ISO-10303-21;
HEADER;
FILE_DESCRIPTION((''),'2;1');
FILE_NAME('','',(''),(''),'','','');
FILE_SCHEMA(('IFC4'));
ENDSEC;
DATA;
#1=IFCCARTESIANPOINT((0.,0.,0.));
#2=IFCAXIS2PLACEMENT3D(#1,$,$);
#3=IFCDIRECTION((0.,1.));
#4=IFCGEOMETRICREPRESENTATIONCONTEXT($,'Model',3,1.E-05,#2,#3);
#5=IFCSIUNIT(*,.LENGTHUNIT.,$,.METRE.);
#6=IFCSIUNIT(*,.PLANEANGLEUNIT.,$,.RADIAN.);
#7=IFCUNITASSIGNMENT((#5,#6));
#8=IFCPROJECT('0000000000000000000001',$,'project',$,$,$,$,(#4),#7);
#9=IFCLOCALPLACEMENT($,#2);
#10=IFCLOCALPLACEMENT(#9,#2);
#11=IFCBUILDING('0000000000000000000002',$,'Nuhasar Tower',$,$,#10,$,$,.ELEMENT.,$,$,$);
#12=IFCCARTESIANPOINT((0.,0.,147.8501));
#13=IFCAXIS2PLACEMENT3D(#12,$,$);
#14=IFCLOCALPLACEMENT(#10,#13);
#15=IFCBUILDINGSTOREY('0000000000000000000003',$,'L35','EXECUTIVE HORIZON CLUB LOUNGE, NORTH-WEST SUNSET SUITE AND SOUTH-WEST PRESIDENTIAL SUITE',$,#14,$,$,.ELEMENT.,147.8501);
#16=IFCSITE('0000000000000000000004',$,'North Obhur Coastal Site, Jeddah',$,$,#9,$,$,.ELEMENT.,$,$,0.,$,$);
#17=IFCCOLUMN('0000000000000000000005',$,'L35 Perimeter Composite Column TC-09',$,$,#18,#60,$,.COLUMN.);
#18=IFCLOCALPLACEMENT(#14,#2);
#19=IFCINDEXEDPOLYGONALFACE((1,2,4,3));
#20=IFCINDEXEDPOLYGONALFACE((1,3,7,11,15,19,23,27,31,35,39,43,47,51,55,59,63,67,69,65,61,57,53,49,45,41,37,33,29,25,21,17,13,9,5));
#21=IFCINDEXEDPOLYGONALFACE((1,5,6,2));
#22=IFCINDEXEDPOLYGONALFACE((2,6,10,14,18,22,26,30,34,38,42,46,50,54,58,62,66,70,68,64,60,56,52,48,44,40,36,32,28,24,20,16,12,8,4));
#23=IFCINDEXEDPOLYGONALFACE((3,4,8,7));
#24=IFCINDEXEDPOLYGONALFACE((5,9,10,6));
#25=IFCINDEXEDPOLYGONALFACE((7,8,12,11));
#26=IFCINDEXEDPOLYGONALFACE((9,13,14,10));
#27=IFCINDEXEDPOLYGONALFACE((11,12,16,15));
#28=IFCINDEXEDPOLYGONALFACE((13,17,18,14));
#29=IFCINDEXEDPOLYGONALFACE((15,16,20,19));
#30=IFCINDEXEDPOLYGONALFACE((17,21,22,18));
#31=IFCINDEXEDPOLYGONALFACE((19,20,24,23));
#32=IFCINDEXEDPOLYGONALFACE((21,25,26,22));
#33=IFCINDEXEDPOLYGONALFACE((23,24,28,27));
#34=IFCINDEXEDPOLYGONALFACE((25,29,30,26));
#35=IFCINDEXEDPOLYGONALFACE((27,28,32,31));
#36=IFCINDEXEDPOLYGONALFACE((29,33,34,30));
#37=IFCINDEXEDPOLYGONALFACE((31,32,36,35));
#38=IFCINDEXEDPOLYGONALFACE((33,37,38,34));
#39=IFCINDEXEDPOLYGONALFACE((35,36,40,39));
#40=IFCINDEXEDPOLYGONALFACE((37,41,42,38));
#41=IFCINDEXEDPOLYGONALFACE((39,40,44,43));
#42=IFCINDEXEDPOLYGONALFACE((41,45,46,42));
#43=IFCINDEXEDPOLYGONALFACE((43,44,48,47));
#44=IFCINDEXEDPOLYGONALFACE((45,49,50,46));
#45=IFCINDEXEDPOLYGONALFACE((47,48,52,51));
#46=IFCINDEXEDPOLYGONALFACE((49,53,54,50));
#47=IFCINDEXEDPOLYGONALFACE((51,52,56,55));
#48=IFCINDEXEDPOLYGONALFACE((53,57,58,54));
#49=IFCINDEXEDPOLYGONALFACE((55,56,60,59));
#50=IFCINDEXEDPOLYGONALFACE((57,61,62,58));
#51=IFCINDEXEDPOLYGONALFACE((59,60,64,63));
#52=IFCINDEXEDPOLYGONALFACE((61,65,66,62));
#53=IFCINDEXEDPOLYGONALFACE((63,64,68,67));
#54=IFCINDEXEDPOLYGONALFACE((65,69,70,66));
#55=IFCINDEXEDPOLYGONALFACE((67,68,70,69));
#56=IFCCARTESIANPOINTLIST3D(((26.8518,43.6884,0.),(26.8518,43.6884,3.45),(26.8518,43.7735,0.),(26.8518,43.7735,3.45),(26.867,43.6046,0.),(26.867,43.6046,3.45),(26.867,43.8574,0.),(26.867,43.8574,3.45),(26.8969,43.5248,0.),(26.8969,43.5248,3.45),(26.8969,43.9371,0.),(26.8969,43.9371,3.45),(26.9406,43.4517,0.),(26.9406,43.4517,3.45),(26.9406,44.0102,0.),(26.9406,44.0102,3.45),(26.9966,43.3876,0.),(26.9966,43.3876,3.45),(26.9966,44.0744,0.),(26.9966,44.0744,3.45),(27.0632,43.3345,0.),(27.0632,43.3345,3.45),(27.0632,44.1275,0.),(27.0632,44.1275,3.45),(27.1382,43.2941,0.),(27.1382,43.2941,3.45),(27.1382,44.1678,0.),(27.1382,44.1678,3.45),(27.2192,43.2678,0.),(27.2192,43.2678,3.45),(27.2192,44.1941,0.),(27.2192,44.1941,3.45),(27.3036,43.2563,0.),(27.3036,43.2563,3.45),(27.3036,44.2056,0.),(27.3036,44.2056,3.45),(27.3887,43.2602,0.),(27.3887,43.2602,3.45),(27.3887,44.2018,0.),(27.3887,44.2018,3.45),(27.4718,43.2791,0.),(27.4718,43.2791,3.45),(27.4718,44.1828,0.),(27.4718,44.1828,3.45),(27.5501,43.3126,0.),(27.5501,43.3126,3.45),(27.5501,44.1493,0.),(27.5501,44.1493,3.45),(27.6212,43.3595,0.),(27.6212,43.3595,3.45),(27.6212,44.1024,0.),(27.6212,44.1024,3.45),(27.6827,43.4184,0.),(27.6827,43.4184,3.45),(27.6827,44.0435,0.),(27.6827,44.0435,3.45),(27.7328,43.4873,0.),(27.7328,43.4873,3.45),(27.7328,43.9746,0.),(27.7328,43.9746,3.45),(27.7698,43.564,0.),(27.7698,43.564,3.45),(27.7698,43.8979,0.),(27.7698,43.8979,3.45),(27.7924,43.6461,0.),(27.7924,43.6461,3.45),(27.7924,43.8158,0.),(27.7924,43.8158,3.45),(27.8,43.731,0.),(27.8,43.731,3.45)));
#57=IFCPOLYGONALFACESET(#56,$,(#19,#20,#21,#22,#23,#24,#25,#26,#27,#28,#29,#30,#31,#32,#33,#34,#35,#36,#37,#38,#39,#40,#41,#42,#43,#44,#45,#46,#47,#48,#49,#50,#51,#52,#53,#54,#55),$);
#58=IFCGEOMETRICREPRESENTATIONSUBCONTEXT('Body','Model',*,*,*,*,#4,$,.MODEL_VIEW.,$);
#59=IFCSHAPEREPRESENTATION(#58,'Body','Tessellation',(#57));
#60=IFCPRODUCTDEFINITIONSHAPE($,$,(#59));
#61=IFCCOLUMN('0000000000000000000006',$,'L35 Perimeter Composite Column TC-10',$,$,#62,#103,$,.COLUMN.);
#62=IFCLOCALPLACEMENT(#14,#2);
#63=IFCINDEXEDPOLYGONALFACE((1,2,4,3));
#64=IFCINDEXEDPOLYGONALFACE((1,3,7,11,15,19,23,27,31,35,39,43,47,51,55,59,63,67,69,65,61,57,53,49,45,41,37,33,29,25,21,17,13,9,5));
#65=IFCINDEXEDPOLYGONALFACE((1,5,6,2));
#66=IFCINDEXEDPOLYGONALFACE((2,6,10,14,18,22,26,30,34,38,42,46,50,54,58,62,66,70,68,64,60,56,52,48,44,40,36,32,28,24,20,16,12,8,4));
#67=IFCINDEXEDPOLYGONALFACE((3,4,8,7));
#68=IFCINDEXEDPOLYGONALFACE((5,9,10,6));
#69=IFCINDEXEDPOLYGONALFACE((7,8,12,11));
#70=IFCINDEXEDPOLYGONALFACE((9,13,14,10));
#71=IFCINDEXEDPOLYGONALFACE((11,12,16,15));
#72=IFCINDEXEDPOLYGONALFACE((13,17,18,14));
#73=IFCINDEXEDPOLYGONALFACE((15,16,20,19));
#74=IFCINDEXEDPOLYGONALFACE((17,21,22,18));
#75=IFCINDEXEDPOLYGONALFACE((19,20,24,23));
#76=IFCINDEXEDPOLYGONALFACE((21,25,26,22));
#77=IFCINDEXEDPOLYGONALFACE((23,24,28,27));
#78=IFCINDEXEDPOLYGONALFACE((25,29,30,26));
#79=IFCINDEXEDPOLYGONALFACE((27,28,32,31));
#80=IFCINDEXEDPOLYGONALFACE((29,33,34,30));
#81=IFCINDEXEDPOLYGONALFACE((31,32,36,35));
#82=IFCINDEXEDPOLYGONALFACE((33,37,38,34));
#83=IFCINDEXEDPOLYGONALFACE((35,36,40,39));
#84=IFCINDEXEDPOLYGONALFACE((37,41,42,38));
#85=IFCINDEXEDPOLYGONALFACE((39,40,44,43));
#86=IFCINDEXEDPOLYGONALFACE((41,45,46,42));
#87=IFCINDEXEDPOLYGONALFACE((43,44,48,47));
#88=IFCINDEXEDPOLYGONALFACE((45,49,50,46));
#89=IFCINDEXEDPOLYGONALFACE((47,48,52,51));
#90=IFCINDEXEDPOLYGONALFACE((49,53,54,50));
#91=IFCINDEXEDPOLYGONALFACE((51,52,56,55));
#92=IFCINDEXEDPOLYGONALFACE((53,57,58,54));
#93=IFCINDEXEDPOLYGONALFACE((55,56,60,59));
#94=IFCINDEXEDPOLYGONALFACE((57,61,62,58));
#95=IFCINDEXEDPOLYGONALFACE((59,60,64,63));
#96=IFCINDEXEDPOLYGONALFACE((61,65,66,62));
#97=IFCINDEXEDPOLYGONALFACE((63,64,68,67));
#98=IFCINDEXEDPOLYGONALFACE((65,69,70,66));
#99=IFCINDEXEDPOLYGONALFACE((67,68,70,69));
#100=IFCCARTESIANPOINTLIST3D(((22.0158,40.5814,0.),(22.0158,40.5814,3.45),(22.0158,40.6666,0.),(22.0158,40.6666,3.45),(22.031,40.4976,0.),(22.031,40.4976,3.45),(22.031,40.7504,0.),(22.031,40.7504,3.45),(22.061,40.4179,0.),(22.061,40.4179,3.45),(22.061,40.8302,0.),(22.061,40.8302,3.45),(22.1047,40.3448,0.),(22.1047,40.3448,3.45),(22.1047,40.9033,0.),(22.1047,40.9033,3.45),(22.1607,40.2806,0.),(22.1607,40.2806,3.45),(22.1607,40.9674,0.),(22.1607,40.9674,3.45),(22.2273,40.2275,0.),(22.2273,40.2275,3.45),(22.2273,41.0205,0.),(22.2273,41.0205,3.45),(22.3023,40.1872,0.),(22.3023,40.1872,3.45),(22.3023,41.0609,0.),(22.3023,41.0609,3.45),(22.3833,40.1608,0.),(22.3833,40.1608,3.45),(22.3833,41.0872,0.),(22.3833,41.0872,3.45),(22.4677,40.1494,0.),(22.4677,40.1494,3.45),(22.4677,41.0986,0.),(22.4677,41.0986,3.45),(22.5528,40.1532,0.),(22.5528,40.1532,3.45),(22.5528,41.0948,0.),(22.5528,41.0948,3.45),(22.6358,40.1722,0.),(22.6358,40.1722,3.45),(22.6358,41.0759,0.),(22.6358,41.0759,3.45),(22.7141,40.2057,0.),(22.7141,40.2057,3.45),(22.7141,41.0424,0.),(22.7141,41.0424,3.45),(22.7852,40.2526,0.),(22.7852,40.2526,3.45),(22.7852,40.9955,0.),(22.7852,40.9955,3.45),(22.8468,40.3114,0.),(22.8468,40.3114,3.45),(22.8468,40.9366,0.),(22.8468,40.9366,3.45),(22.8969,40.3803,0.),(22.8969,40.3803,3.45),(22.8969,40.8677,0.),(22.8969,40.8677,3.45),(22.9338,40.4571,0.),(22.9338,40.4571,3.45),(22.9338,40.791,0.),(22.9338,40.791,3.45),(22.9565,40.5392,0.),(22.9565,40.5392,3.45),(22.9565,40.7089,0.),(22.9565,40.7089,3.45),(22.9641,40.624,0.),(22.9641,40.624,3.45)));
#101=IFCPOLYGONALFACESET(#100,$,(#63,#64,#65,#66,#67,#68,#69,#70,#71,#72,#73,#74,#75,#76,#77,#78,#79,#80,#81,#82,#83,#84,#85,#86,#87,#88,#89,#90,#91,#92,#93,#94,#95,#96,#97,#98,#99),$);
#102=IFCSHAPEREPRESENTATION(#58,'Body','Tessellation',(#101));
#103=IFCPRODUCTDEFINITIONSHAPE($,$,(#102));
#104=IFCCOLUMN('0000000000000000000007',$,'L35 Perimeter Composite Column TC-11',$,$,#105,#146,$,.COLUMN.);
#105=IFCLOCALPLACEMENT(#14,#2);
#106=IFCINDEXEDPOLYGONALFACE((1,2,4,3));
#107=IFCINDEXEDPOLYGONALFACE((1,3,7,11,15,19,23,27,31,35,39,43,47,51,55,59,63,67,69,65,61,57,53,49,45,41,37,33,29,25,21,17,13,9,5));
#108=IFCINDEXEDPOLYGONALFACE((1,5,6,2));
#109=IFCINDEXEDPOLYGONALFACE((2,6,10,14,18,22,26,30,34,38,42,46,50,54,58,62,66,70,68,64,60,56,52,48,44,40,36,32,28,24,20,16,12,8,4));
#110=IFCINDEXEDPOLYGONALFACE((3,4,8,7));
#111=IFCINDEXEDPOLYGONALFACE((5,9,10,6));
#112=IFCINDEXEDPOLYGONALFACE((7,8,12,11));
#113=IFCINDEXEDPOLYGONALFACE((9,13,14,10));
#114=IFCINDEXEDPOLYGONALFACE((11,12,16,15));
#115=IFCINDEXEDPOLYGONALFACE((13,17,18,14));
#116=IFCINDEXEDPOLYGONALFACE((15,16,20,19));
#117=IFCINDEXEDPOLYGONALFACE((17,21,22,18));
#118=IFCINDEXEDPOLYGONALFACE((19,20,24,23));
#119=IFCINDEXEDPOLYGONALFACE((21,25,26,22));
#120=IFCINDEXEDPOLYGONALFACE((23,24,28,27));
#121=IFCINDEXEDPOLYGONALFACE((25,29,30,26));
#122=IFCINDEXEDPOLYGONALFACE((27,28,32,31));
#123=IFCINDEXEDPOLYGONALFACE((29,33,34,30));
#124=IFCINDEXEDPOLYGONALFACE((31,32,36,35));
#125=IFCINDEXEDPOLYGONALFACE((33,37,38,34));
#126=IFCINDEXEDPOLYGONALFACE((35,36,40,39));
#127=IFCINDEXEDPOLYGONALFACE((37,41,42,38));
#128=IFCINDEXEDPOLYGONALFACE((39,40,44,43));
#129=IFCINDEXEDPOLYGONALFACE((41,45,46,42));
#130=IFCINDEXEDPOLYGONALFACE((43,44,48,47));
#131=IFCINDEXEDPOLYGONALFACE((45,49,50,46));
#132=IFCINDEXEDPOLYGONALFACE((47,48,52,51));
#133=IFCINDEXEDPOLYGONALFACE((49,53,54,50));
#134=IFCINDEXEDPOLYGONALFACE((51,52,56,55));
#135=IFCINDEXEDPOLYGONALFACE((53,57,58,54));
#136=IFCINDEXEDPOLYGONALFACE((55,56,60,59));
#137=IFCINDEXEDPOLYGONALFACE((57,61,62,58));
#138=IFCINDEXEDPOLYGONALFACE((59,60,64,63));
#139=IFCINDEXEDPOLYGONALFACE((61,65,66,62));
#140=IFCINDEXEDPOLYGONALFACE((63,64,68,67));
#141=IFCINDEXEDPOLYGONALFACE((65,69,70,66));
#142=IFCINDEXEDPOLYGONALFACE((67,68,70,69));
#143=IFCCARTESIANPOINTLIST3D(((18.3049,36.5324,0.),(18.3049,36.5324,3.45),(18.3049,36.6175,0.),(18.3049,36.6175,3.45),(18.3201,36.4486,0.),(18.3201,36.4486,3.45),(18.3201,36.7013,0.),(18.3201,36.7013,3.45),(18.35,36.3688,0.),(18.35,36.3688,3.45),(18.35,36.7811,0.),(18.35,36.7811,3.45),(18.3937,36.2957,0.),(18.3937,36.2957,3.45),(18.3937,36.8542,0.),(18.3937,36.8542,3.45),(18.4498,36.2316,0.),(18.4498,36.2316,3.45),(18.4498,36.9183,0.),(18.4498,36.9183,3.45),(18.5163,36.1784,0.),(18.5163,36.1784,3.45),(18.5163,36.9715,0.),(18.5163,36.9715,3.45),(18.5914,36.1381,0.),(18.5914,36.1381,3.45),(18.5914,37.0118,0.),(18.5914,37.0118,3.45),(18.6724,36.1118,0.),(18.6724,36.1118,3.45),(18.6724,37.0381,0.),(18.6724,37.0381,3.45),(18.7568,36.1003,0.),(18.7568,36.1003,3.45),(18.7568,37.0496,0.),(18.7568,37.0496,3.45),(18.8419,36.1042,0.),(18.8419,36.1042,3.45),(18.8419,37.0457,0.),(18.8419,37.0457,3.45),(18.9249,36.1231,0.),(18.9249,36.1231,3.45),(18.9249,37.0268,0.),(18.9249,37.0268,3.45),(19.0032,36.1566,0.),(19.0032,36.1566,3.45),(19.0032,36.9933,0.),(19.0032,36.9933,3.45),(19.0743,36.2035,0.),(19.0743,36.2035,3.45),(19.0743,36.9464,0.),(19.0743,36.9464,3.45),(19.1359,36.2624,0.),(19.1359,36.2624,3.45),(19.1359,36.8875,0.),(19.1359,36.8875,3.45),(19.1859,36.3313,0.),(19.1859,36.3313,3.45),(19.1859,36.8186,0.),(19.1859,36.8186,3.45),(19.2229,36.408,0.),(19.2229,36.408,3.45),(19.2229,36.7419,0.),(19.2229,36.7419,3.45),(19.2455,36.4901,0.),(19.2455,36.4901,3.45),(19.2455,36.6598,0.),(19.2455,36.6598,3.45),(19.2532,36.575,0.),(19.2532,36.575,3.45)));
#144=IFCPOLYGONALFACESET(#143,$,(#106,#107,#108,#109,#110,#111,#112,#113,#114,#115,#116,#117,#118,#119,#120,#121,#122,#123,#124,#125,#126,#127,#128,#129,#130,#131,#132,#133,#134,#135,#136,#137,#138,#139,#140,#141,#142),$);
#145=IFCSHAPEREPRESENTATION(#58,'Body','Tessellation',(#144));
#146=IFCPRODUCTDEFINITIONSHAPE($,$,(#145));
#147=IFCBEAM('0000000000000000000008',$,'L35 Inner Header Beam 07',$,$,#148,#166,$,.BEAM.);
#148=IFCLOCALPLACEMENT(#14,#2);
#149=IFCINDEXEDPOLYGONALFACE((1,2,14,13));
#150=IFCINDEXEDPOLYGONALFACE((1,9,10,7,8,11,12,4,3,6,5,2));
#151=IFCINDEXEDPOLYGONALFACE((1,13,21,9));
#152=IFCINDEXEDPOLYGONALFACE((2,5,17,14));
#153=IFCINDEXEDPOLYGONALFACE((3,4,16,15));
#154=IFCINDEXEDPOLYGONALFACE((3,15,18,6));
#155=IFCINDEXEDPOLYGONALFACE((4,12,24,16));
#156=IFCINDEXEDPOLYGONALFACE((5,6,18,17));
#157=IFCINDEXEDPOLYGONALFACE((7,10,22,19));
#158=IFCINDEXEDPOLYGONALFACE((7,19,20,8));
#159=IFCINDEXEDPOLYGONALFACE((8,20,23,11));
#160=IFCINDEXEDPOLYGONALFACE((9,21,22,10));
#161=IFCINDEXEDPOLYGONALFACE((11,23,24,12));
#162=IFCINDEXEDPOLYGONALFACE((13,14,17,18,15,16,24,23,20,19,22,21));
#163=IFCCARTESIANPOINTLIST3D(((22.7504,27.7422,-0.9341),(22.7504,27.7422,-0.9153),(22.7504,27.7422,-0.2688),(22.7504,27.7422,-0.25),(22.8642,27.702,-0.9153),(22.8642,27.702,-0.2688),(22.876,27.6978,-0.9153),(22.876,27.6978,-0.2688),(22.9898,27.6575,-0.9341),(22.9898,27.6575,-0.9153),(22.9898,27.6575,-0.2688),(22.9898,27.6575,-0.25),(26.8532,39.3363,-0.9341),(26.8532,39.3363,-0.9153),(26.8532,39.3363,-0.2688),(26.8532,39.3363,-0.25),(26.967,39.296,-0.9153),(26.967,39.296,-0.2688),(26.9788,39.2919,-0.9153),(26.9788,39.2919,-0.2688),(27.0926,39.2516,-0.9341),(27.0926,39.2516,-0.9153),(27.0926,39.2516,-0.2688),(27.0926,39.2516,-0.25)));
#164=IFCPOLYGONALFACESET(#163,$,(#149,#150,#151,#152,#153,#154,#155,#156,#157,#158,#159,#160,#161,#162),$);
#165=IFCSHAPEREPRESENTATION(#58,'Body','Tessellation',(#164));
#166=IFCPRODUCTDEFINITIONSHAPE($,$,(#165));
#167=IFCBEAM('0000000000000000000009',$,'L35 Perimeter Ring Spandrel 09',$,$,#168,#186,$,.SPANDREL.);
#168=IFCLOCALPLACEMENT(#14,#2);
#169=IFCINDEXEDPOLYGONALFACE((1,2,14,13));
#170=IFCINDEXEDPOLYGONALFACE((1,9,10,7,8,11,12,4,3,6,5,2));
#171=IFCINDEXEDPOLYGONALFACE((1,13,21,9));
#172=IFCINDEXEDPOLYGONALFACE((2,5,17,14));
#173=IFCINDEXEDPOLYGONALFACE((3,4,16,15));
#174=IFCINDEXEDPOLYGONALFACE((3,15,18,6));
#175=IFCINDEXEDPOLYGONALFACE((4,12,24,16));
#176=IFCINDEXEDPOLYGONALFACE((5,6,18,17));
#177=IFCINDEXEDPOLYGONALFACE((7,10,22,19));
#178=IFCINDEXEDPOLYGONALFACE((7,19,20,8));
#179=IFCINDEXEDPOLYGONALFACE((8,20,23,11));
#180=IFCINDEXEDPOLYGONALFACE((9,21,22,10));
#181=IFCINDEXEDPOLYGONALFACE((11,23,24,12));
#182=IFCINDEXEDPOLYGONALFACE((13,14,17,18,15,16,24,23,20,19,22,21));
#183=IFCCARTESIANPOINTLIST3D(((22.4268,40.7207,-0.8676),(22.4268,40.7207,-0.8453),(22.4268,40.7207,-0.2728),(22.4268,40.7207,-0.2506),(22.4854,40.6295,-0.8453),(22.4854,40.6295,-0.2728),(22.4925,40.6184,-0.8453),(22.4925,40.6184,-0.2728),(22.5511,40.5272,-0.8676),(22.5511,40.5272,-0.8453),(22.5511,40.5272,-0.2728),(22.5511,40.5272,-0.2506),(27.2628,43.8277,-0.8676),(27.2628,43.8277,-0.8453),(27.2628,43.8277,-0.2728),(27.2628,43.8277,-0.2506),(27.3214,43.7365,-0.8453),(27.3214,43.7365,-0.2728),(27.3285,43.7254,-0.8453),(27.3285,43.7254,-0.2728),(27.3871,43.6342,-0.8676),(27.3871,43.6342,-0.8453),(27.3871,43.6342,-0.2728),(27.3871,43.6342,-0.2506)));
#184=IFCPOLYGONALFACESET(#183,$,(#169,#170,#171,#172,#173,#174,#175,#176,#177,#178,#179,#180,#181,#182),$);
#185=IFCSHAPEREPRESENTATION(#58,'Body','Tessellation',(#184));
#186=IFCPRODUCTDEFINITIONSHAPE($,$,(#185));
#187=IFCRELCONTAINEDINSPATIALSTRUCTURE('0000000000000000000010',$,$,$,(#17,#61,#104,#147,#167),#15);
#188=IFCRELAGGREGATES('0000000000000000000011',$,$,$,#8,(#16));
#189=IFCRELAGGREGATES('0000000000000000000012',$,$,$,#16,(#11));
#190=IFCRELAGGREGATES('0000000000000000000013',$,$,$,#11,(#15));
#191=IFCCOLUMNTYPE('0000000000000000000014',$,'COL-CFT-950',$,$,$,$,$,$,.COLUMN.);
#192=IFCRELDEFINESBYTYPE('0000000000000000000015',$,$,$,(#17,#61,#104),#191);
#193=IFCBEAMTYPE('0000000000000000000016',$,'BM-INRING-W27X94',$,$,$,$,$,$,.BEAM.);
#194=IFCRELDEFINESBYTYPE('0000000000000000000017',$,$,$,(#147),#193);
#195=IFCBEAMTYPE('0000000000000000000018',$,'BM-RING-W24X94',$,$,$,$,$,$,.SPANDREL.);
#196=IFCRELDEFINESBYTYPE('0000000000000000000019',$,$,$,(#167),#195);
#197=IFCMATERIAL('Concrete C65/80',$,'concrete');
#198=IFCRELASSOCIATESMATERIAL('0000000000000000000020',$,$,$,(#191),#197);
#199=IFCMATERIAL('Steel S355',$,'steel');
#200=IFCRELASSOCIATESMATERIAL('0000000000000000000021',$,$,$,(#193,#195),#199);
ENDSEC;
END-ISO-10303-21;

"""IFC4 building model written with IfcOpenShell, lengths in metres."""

from ifc_helpers import new_model, si_unit, direction, frame, origin, origin_2d, place, context, subcontext, project, spatial, circle, i_section, extrude, material, material_profile, profile_set, type_object, element, save


model = new_model("IFC4")

# Units and contexts
model_context = context("Model", 3, precision=1e-05, world=origin(), true_north=direction((0.0, 1.0)))
body_context = subcontext(model_context, "Body", "Model", "MODEL_VIEW")
ifc_project = project(units=[si_unit("LENGTHUNIT", "METRE"), si_unit("PLANEANGLEUNIT", "RADIAN")], contexts=[model_context])

# Site, building, storey
site_placement = place(None, origin())
site = spatial("IfcSite", under=ifc_project, at=site_placement, Name="North Obhur Coastal Site, Jeddah", CompositionType="ELEMENT", RefElevation=0.0)
building_placement = place(site_placement, origin())
building = spatial("IfcBuilding", under=site, at=building_placement, Name="Nuhasar Tower", CompositionType="ELEMENT")
storey_placement = place(building_placement, frame((0.0, 0.0, 147.8501)))
storey = spatial("IfcBuildingStorey", under=building, at=storey_placement, Name="L35", Description="EXECUTIVE HORIZON CLUB LOUNGE, NORTH-WEST SUNSET SUITE AND SOUTH-WEST PRESIDENTIAL SUITE", CompositionType="ELEMENT", Elevation=147.8501)

# Columns
ifc_material_1 = material(Name="Concrete C65/80", Category="concrete")
ifc_material_profile_1 = material_profile(ifc_material_1, circle(Radius=0.4751, at=origin_2d()), Name="CFT950")
ifc_profile_set_1 = profile_set([ifc_material_profile_1], Name="Concrete C65/80")
column_type = type_object("IfcColumnType", Name="COL-CFT-950", PredefinedType="COLUMN", material=ifc_profile_set_1)
for number, where, z_axis, x_axis, name in (
    (1, (27.325, 43.731, 0.0), (0.0, 0.0, 1.0), (1.0, 0.0, 0.0), "L35 Perimeter Composite Column TC-09"),
    (2, (22.489, 40.624, 0.0), (0.0, 0.0, 1.0), (1.0, 0.0, 0.0), "L35 Perimeter Composite Column TC-10"),
    (3, (18.7781, 36.575, 0.0), (0.0, 0.0, 1.0), (1.0, 0.0, 0.0), "L35 Perimeter Composite Column TC-11"),
):
    element("IfcColumn", number, at=place(storey_placement, frame(where, z_axis=z_axis, x_axis=x_axis)), inside=storey, type_object=column_type, Name=name, PredefinedType="COLUMN", context=body_context, shape_type="SweptSolid", body=[
        extrude(circle(Radius=0.4751, at=origin_2d()), origin(), (0.0, 0.0, 1.0), 3.45),
    ])

# Beams
ifc_material_2 = material(Name="Steel S355", Category="steel")
ifc_material_profile_2 = material_profile(ifc_material_2, i_section(OverallWidth=0.2539, OverallDepth=0.6841, WebThickness=0.0125, FlangeThickness=0.0188, at=origin_2d()), Name="W27X94")
ifc_profile_set_2 = profile_set([ifc_material_profile_2], Name="Steel S355")
beam_type_1 = type_object("IfcBeamType", Name="BM-INRING-W27X94", PredefinedType="BEAM", material=ifc_profile_set_2)
beam_1_placement = place(storey_placement, frame((26.9729, 39.2939, -0.592), z_axis=(-0.3336, -0.942715, 0.0), x_axis=(0.942715, -0.3336, 0.0)))
element("IfcBeam", 4, at=beam_1_placement, inside=storey, type_object=beam_type_1, Name="L35 Inner Header Beam 07", PredefinedType="BEAM", context=body_context, shape_type="SweptSolid", body=[
    extrude(i_section(OverallWidth=0.2539, OverallDepth=0.6841, WebThickness=0.0125, FlangeThickness=0.0188, at=origin_2d()), origin(), (0.0, 0.0, 1.0), 12.2986),
])
ifc_material_profile_3 = material_profile(ifc_material_2, i_section(OverallWidth=0.23, OverallDepth=0.6169, WebThickness=0.0132, FlangeThickness=0.0222, at=origin_2d()), Name="W24X94")
ifc_profile_set_3 = profile_set([ifc_material_profile_3], Name="Steel S355")
beam_type_2 = type_object("IfcBeamType", Name="BM-RING-W24X94", PredefinedType="SPANDREL", material=ifc_profile_set_3)
beam_2_placement = place(storey_placement, frame((27.325, 43.731, -0.5591), z_axis=(-0.841327, -0.540526, 0.0), x_axis=(0.540526, -0.841327, 0.0)))
element("IfcBeam", 5, at=beam_2_placement, inside=storey, type_object=beam_type_2, Name="L35 Perimeter Ring Spandrel 09", PredefinedType="SPANDREL", context=body_context, shape_type="SweptSolid", body=[
    extrude(i_section(OverallWidth=0.23, OverallDepth=0.6169, WebThickness=0.0132, FlangeThickness=0.0222, at=origin_2d()), origin(), (0.0, 0.0, 1.0), 5.748),
])

save(model, "model.ifc")
